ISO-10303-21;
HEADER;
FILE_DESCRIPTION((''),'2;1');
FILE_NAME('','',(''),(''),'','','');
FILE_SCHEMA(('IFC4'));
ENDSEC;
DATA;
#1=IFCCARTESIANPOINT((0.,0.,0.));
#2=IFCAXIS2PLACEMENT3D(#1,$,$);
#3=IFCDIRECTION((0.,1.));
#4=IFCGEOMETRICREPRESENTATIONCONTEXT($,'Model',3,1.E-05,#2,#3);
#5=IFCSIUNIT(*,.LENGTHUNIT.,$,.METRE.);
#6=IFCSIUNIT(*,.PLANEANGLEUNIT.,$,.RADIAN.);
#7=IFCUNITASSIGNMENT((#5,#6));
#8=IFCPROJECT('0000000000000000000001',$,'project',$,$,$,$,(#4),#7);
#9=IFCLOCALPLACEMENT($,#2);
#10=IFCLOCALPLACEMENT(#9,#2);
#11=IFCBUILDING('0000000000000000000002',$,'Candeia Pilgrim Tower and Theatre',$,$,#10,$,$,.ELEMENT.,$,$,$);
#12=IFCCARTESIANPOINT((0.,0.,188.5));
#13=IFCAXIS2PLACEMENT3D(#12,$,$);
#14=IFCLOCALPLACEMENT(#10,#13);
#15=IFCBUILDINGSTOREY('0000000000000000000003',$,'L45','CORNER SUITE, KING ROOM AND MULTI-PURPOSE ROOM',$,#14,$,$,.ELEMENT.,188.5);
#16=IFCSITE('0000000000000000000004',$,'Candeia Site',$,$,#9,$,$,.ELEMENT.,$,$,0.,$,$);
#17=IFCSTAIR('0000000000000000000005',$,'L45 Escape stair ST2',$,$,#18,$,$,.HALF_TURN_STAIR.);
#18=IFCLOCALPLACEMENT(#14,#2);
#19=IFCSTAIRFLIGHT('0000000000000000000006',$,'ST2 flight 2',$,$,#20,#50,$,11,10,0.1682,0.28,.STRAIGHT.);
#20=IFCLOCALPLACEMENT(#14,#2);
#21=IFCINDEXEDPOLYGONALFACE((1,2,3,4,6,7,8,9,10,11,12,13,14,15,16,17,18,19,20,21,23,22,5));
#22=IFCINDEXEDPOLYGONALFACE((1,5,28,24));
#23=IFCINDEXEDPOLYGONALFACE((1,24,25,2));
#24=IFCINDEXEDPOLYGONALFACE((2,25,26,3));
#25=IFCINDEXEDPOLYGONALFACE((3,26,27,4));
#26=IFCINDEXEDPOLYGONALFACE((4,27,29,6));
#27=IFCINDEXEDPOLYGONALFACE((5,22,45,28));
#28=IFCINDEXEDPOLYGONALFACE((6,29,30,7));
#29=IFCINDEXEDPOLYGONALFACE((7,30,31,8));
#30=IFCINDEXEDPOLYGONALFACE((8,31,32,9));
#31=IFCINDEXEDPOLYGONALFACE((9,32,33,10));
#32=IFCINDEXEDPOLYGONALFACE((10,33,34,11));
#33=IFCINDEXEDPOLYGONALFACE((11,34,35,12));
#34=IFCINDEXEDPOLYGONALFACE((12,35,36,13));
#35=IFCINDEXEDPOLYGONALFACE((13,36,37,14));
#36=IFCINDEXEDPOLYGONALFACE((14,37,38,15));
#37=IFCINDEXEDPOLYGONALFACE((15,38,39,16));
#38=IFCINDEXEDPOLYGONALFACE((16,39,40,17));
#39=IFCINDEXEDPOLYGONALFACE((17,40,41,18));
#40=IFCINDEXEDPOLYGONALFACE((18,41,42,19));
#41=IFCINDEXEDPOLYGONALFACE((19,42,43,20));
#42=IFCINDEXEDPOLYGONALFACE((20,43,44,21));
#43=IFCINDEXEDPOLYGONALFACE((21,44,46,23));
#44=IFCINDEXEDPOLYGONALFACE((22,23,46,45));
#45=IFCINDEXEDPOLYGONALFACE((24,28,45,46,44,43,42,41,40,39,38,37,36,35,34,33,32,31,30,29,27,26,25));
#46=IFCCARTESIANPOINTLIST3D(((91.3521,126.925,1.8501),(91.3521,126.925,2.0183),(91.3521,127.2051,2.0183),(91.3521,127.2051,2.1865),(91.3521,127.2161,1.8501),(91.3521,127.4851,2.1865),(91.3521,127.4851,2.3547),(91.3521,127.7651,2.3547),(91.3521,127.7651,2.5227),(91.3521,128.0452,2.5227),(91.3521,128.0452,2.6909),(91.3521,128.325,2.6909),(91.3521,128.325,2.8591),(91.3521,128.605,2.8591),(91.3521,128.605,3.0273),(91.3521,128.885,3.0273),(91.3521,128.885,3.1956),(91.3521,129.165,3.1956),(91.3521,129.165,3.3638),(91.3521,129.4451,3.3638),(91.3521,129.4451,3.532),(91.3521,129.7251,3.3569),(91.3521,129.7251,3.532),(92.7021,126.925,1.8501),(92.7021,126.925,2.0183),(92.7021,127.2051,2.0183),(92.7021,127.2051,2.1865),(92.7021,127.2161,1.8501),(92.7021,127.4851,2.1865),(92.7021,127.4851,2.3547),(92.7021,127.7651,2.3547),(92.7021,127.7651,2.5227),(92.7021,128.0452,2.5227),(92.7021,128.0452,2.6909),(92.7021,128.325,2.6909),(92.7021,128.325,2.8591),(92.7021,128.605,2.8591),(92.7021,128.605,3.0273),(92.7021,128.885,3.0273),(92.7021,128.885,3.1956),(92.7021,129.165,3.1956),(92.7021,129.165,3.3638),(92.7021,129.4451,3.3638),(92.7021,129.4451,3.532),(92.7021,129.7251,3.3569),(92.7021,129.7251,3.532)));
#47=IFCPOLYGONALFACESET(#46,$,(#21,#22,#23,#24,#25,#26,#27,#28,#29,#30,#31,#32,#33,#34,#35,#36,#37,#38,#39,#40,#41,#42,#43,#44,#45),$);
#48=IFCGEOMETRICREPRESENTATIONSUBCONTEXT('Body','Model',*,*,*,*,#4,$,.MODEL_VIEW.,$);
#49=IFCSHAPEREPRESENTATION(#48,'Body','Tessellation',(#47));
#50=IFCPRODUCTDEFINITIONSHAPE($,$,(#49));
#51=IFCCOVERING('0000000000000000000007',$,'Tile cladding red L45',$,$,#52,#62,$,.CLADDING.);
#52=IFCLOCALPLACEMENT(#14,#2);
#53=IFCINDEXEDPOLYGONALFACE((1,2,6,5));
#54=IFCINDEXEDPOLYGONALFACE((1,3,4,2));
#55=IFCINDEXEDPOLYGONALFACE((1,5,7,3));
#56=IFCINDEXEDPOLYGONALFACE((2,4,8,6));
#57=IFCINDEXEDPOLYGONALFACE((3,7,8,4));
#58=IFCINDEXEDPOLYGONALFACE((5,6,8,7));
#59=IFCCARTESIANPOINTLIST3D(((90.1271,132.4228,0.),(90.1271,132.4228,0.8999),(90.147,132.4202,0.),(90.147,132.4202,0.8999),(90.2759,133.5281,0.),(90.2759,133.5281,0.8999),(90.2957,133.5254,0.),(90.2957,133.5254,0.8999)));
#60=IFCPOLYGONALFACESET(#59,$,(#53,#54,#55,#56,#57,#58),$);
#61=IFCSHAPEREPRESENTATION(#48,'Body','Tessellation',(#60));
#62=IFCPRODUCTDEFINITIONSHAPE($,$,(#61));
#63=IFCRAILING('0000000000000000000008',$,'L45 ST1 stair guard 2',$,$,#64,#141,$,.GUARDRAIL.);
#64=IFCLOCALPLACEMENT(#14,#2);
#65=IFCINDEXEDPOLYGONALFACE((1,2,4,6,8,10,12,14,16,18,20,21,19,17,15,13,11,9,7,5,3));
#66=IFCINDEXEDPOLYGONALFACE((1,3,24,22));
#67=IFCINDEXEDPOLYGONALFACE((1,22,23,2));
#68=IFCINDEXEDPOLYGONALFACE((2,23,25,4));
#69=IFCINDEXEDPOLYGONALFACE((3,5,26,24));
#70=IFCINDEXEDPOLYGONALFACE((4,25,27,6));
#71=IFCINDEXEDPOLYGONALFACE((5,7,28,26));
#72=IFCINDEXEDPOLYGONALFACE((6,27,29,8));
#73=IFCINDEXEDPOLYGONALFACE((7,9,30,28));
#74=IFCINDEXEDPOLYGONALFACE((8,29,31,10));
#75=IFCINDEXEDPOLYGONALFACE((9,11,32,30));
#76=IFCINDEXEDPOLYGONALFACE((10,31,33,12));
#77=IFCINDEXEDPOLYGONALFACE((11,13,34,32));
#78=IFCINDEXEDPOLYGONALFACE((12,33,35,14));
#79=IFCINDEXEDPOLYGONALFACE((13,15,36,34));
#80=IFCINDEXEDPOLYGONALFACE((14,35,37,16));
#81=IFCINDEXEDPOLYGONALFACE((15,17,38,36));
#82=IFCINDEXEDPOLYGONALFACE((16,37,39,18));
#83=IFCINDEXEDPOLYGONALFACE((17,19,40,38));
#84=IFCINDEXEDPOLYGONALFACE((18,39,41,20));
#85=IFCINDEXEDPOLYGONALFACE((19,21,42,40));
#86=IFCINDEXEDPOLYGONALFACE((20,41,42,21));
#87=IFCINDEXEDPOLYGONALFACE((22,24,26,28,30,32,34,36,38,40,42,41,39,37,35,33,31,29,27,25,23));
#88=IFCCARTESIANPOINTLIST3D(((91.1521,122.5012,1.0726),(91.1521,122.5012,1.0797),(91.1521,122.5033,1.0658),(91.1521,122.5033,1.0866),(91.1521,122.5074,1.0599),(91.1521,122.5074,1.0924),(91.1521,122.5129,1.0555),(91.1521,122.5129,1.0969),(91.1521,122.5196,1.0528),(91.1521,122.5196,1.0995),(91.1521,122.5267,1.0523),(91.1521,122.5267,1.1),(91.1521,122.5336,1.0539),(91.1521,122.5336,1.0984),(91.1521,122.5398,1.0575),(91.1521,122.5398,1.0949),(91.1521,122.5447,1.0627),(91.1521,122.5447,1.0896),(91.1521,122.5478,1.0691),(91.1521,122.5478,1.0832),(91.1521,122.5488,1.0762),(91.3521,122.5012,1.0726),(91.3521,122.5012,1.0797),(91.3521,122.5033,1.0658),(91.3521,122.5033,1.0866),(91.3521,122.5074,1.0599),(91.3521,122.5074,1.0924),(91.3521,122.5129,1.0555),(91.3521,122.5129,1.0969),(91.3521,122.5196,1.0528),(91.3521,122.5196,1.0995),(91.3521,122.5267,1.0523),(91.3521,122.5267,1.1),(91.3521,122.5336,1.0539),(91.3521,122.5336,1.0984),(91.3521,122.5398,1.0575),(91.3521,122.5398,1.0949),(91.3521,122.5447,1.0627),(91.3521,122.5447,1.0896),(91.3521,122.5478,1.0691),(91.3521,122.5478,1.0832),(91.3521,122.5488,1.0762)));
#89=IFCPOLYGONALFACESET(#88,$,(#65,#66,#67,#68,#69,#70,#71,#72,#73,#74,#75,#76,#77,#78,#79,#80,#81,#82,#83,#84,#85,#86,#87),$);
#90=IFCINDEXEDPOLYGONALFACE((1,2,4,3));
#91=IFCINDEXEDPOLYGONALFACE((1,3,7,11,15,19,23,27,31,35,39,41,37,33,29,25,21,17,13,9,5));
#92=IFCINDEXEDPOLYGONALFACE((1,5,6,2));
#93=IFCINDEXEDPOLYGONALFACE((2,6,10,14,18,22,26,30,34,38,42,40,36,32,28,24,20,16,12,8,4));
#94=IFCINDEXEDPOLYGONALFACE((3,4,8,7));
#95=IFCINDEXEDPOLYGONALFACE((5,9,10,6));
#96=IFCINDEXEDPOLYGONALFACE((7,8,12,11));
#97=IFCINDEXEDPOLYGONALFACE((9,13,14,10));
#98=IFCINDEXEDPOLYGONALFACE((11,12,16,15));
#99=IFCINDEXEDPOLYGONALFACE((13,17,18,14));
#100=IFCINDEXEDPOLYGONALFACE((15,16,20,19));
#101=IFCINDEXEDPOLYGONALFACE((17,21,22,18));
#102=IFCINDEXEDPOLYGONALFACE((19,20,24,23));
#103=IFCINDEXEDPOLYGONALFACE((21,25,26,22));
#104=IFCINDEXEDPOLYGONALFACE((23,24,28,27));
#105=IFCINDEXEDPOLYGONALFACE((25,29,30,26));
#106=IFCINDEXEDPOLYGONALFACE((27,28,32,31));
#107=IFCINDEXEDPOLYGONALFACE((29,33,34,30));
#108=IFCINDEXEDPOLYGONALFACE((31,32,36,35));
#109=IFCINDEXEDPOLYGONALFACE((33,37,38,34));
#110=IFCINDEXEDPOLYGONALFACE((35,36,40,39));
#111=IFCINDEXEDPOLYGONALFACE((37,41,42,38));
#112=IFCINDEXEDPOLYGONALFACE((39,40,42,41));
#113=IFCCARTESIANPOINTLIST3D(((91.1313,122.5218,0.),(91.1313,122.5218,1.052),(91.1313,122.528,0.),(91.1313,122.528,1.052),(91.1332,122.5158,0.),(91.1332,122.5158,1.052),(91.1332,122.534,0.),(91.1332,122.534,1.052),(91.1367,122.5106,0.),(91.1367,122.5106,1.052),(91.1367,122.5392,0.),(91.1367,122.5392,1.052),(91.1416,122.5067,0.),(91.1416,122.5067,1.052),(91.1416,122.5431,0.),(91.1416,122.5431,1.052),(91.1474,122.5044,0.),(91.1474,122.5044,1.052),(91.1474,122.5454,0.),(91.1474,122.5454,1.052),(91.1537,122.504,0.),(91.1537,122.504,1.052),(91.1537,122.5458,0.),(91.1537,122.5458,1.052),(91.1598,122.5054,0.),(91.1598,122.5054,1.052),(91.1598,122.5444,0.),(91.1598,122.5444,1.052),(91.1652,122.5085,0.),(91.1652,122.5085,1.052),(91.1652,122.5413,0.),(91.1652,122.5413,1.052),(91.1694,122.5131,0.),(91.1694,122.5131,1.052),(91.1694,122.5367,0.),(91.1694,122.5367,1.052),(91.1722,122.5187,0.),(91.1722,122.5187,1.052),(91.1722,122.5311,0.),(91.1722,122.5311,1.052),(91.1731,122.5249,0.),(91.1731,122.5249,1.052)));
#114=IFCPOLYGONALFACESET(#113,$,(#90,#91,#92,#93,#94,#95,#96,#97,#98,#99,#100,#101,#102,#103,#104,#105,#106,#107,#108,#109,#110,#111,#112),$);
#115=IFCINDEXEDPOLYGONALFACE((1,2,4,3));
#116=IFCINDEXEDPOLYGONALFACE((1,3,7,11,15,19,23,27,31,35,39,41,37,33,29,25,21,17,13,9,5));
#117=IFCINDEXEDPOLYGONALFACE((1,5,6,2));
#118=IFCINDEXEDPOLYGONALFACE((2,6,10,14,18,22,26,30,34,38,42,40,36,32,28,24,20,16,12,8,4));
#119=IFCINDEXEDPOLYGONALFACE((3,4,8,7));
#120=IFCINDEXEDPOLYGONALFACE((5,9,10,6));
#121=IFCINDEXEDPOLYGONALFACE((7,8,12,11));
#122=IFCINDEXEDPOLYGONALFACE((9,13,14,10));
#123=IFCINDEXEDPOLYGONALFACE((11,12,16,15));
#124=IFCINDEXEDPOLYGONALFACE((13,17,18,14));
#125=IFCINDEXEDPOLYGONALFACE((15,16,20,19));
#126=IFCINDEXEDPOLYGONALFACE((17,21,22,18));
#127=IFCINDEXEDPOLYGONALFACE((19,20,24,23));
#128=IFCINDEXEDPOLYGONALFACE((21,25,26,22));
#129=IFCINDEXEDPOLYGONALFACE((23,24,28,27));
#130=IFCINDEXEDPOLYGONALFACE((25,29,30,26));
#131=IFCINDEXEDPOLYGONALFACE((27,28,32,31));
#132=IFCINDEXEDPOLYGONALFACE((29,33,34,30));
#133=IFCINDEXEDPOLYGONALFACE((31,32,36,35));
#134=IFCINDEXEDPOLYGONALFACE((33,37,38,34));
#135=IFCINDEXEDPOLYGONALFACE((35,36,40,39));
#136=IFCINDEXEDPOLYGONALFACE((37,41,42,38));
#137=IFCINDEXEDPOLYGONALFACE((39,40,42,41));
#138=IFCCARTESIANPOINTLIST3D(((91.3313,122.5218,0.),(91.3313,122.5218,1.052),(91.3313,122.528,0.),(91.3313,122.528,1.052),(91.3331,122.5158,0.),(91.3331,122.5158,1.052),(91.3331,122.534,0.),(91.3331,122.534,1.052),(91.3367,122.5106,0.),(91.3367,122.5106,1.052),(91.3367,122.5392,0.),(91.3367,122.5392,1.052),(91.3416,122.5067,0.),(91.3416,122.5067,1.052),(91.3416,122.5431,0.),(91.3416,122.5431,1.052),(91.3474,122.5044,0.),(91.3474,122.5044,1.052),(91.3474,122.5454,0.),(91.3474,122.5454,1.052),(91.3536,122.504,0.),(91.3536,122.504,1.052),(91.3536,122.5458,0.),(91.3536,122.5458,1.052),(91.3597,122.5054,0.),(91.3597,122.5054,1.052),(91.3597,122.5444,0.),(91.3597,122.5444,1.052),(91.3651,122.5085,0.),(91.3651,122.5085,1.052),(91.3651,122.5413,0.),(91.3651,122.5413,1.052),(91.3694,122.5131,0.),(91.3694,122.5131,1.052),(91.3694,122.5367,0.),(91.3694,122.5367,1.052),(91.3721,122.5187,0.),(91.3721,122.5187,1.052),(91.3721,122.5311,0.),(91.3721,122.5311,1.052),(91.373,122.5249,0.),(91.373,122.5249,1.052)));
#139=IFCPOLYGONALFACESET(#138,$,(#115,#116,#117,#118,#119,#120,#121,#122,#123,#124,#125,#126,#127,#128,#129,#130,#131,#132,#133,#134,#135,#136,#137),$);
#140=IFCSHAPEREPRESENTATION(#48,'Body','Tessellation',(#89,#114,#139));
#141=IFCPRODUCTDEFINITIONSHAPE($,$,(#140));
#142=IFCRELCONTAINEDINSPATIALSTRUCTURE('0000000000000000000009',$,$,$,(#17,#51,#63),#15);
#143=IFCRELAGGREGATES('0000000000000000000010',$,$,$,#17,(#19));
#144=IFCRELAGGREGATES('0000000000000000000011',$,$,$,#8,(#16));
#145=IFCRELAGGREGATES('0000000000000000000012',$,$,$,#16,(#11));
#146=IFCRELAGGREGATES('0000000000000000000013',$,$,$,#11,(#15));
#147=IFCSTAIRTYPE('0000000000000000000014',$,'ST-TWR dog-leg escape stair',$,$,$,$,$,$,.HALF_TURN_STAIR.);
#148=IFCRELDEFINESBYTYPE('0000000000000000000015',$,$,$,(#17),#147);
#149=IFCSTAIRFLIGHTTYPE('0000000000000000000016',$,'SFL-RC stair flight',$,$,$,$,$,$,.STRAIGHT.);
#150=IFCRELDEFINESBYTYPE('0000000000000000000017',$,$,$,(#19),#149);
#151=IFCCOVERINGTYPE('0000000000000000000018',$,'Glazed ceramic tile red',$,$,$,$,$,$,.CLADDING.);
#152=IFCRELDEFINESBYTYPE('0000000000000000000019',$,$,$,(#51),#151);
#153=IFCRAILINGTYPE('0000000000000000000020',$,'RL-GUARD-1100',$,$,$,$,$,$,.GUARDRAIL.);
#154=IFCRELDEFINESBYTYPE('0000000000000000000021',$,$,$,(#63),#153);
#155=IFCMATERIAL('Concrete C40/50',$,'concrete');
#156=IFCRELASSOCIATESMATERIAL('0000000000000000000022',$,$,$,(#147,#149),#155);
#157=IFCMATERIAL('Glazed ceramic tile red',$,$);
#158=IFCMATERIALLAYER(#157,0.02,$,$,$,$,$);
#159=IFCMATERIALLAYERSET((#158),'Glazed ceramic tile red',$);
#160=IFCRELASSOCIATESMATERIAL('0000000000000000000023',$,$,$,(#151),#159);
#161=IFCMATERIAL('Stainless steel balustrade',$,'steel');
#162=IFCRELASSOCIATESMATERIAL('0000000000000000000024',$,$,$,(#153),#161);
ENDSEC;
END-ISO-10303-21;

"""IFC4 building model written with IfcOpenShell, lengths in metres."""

from ifc_helpers import new_model, si_unit, direction, frame, origin, origin_2d, place, context, subcontext, project, spatial, polyline, rectangle, circle, outline, extrude, material, layer, layer_set, type_object, element, aggregate, save


model = new_model("IFC4")

# Units and contexts
model_context = context("Model", 3, precision=1e-05, world=origin(), true_north=direction((0.0, 1.0)))
body_context = subcontext(model_context, "Body", "Model", "MODEL_VIEW")
ifc_project = project(units=[si_unit("LENGTHUNIT", "METRE"), si_unit("PLANEANGLEUNIT", "RADIAN")], contexts=[model_context])

# Site, building, storey
site_placement = place(None, origin())
site = spatial("IfcSite", under=ifc_project, at=site_placement, Name="Candeia Site", CompositionType="ELEMENT", RefElevation=0.0)
building_placement = place(site_placement, origin())
building = spatial("IfcBuilding", under=site, at=building_placement, Name="Candeia Pilgrim Tower and Theatre", CompositionType="ELEMENT")
storey_placement = place(building_placement, frame((0.0, 0.0, 188.5)))
storey = spatial("IfcBuildingStorey", under=building, at=storey_placement, Name="L45", Description="CORNER SUITE, KING ROOM AND MULTI-PURPOSE ROOM", CompositionType="ELEMENT", Elevation=188.5)

# Shared definitions
ifc_material_1 = material(Name="Concrete C40/50", Category="concrete")

# Shared definitions
stair_type = type_object("IfcStairType", Name="ST-TWR dog-leg escape stair", PredefinedType="HALF_TURN_STAIR", material=ifc_material_1)
stair_flight_type = type_object("IfcStairFlightType", Name="SFL-RC stair flight", PredefinedType="STRAIGHT", material=ifc_material_1)

# Stair, stair flight
stair_1_placement = place(storey_placement, origin())
stair_1 = element("IfcStair", 1, at=stair_1_placement, inside=storey, type_object=stair_type, Name="L45 Escape stair ST2", PredefinedType="HALF_TURN_STAIR")
stair_flight_1_placement = place(storey_placement, frame((92.0271, 126.925, 1.8501), z_axis=(0.0, 0.0, 1.0), x_axis=(0.0, 1.0, 0.0)))
stair_flight_1 = element("IfcStairFlight", 2, at=stair_flight_1_placement, type_object=stair_flight_type, Name="ST2 flight 2", NumberOfRisers=11, NumberOfTreads=10, PredefinedType="STRAIGHT", RiserHeight=0.1682, TreadLength=0.28, context=body_context, shape_type="SweptSolid", body=[
    extrude(outline(polyline([(0.0, 0.0), (0.0, 0.1682), (0.28, 0.1682), (0.28, 0.3364), (0.5601, 0.3364), (0.5601, 0.5046), (0.8401, 0.5046), (0.8401, 0.6726), (1.1201, 0.6726), (1.1201, 0.8408), (1.3999, 0.8408), (1.3999, 1.009), (1.6799, 1.009), (1.6799, 1.1772), (1.96, 1.1772), (1.96, 1.3455), (2.24, 1.3455), (2.24, 1.5137), (2.52, 1.5137), (2.52, 1.6819), (2.8, 1.6819), (2.8, 1.8501), (2.8, 1.5068), (0.291, 0.0), (0.0, 0.0)])), frame((0.0, 0.675, 0.0), z_axis=(0.0, -1.0, 0.0), x_axis=(1.0, 0.0, 0.0)), (0.0, 0.0, 1.0), 1.3501),
])
aggregate(stair_1, [stair_flight_1])

# Shared definitions
ifc_material_2 = material(Name="Stainless steel balustrade", Category="steel")

# Covering
ifc_material_3 = material(Name="Glazed ceramic tile red")
ifc_layer_1 = layer(ifc_material_3, 0.02)
ifc_layer_set_1 = layer_set([ifc_layer_1], Name="Glazed ceramic tile red")
covering_type = type_object("IfcCoveringType", Name="Glazed ceramic tile red", PredefinedType="CLADDING", material=ifc_layer_set_1)
covering_placement = place(storey_placement, frame((90.2114, 132.9741, 0.0), z_axis=(0.0, 0.0, 1.0), x_axis=(-0.133412, -0.991061, 0.0)))
element("IfcCovering", 3, at=covering_placement, inside=storey, type_object=covering_type, Name="Tile cladding red L45", PredefinedType="CLADDING", context=body_context, shape_type="SweptSolid", body=[
    extrude(rectangle(XDim=1.1152, YDim=0.02, at=origin_2d()), origin(), (0.0, 0.0, 1.0), 0.8999),
])

# Railing
railing_type_1 = type_object("IfcRailingType", Name="RL-GUARD-1100", PredefinedType="GUARDRAIL", material=ifc_material_2)
railing_1_placement = place(storey_placement, frame((91.1521, 122.5249, 0.0)))
element("IfcRailing", 4, at=railing_1_placement, inside=storey, type_object=railing_type_1, Name="L45 ST1 stair guard 2", PredefinedType="GUARDRAIL", context=body_context, shape_type="SweptSolid", body=[
    extrude(circle(Radius=0.0239, at=origin_2d()), frame((0.0, 0.0, 1.0762), z_axis=(1.0, 0.0, 0.0), x_axis=(0.0, 1.0, 0.0)), (0.0, 0.0, 1.0), 0.2),
    extrude(circle(Radius=0.021, at=origin_2d()), origin(), (0.0, 0.0, 1.0), 1.052),
    extrude(circle(Radius=0.021, at=origin_2d()), frame((0.2, 0.0, 0.0)), (0.0, 0.0, 1.0), 1.052),
])

save(model, "model.ifc")
